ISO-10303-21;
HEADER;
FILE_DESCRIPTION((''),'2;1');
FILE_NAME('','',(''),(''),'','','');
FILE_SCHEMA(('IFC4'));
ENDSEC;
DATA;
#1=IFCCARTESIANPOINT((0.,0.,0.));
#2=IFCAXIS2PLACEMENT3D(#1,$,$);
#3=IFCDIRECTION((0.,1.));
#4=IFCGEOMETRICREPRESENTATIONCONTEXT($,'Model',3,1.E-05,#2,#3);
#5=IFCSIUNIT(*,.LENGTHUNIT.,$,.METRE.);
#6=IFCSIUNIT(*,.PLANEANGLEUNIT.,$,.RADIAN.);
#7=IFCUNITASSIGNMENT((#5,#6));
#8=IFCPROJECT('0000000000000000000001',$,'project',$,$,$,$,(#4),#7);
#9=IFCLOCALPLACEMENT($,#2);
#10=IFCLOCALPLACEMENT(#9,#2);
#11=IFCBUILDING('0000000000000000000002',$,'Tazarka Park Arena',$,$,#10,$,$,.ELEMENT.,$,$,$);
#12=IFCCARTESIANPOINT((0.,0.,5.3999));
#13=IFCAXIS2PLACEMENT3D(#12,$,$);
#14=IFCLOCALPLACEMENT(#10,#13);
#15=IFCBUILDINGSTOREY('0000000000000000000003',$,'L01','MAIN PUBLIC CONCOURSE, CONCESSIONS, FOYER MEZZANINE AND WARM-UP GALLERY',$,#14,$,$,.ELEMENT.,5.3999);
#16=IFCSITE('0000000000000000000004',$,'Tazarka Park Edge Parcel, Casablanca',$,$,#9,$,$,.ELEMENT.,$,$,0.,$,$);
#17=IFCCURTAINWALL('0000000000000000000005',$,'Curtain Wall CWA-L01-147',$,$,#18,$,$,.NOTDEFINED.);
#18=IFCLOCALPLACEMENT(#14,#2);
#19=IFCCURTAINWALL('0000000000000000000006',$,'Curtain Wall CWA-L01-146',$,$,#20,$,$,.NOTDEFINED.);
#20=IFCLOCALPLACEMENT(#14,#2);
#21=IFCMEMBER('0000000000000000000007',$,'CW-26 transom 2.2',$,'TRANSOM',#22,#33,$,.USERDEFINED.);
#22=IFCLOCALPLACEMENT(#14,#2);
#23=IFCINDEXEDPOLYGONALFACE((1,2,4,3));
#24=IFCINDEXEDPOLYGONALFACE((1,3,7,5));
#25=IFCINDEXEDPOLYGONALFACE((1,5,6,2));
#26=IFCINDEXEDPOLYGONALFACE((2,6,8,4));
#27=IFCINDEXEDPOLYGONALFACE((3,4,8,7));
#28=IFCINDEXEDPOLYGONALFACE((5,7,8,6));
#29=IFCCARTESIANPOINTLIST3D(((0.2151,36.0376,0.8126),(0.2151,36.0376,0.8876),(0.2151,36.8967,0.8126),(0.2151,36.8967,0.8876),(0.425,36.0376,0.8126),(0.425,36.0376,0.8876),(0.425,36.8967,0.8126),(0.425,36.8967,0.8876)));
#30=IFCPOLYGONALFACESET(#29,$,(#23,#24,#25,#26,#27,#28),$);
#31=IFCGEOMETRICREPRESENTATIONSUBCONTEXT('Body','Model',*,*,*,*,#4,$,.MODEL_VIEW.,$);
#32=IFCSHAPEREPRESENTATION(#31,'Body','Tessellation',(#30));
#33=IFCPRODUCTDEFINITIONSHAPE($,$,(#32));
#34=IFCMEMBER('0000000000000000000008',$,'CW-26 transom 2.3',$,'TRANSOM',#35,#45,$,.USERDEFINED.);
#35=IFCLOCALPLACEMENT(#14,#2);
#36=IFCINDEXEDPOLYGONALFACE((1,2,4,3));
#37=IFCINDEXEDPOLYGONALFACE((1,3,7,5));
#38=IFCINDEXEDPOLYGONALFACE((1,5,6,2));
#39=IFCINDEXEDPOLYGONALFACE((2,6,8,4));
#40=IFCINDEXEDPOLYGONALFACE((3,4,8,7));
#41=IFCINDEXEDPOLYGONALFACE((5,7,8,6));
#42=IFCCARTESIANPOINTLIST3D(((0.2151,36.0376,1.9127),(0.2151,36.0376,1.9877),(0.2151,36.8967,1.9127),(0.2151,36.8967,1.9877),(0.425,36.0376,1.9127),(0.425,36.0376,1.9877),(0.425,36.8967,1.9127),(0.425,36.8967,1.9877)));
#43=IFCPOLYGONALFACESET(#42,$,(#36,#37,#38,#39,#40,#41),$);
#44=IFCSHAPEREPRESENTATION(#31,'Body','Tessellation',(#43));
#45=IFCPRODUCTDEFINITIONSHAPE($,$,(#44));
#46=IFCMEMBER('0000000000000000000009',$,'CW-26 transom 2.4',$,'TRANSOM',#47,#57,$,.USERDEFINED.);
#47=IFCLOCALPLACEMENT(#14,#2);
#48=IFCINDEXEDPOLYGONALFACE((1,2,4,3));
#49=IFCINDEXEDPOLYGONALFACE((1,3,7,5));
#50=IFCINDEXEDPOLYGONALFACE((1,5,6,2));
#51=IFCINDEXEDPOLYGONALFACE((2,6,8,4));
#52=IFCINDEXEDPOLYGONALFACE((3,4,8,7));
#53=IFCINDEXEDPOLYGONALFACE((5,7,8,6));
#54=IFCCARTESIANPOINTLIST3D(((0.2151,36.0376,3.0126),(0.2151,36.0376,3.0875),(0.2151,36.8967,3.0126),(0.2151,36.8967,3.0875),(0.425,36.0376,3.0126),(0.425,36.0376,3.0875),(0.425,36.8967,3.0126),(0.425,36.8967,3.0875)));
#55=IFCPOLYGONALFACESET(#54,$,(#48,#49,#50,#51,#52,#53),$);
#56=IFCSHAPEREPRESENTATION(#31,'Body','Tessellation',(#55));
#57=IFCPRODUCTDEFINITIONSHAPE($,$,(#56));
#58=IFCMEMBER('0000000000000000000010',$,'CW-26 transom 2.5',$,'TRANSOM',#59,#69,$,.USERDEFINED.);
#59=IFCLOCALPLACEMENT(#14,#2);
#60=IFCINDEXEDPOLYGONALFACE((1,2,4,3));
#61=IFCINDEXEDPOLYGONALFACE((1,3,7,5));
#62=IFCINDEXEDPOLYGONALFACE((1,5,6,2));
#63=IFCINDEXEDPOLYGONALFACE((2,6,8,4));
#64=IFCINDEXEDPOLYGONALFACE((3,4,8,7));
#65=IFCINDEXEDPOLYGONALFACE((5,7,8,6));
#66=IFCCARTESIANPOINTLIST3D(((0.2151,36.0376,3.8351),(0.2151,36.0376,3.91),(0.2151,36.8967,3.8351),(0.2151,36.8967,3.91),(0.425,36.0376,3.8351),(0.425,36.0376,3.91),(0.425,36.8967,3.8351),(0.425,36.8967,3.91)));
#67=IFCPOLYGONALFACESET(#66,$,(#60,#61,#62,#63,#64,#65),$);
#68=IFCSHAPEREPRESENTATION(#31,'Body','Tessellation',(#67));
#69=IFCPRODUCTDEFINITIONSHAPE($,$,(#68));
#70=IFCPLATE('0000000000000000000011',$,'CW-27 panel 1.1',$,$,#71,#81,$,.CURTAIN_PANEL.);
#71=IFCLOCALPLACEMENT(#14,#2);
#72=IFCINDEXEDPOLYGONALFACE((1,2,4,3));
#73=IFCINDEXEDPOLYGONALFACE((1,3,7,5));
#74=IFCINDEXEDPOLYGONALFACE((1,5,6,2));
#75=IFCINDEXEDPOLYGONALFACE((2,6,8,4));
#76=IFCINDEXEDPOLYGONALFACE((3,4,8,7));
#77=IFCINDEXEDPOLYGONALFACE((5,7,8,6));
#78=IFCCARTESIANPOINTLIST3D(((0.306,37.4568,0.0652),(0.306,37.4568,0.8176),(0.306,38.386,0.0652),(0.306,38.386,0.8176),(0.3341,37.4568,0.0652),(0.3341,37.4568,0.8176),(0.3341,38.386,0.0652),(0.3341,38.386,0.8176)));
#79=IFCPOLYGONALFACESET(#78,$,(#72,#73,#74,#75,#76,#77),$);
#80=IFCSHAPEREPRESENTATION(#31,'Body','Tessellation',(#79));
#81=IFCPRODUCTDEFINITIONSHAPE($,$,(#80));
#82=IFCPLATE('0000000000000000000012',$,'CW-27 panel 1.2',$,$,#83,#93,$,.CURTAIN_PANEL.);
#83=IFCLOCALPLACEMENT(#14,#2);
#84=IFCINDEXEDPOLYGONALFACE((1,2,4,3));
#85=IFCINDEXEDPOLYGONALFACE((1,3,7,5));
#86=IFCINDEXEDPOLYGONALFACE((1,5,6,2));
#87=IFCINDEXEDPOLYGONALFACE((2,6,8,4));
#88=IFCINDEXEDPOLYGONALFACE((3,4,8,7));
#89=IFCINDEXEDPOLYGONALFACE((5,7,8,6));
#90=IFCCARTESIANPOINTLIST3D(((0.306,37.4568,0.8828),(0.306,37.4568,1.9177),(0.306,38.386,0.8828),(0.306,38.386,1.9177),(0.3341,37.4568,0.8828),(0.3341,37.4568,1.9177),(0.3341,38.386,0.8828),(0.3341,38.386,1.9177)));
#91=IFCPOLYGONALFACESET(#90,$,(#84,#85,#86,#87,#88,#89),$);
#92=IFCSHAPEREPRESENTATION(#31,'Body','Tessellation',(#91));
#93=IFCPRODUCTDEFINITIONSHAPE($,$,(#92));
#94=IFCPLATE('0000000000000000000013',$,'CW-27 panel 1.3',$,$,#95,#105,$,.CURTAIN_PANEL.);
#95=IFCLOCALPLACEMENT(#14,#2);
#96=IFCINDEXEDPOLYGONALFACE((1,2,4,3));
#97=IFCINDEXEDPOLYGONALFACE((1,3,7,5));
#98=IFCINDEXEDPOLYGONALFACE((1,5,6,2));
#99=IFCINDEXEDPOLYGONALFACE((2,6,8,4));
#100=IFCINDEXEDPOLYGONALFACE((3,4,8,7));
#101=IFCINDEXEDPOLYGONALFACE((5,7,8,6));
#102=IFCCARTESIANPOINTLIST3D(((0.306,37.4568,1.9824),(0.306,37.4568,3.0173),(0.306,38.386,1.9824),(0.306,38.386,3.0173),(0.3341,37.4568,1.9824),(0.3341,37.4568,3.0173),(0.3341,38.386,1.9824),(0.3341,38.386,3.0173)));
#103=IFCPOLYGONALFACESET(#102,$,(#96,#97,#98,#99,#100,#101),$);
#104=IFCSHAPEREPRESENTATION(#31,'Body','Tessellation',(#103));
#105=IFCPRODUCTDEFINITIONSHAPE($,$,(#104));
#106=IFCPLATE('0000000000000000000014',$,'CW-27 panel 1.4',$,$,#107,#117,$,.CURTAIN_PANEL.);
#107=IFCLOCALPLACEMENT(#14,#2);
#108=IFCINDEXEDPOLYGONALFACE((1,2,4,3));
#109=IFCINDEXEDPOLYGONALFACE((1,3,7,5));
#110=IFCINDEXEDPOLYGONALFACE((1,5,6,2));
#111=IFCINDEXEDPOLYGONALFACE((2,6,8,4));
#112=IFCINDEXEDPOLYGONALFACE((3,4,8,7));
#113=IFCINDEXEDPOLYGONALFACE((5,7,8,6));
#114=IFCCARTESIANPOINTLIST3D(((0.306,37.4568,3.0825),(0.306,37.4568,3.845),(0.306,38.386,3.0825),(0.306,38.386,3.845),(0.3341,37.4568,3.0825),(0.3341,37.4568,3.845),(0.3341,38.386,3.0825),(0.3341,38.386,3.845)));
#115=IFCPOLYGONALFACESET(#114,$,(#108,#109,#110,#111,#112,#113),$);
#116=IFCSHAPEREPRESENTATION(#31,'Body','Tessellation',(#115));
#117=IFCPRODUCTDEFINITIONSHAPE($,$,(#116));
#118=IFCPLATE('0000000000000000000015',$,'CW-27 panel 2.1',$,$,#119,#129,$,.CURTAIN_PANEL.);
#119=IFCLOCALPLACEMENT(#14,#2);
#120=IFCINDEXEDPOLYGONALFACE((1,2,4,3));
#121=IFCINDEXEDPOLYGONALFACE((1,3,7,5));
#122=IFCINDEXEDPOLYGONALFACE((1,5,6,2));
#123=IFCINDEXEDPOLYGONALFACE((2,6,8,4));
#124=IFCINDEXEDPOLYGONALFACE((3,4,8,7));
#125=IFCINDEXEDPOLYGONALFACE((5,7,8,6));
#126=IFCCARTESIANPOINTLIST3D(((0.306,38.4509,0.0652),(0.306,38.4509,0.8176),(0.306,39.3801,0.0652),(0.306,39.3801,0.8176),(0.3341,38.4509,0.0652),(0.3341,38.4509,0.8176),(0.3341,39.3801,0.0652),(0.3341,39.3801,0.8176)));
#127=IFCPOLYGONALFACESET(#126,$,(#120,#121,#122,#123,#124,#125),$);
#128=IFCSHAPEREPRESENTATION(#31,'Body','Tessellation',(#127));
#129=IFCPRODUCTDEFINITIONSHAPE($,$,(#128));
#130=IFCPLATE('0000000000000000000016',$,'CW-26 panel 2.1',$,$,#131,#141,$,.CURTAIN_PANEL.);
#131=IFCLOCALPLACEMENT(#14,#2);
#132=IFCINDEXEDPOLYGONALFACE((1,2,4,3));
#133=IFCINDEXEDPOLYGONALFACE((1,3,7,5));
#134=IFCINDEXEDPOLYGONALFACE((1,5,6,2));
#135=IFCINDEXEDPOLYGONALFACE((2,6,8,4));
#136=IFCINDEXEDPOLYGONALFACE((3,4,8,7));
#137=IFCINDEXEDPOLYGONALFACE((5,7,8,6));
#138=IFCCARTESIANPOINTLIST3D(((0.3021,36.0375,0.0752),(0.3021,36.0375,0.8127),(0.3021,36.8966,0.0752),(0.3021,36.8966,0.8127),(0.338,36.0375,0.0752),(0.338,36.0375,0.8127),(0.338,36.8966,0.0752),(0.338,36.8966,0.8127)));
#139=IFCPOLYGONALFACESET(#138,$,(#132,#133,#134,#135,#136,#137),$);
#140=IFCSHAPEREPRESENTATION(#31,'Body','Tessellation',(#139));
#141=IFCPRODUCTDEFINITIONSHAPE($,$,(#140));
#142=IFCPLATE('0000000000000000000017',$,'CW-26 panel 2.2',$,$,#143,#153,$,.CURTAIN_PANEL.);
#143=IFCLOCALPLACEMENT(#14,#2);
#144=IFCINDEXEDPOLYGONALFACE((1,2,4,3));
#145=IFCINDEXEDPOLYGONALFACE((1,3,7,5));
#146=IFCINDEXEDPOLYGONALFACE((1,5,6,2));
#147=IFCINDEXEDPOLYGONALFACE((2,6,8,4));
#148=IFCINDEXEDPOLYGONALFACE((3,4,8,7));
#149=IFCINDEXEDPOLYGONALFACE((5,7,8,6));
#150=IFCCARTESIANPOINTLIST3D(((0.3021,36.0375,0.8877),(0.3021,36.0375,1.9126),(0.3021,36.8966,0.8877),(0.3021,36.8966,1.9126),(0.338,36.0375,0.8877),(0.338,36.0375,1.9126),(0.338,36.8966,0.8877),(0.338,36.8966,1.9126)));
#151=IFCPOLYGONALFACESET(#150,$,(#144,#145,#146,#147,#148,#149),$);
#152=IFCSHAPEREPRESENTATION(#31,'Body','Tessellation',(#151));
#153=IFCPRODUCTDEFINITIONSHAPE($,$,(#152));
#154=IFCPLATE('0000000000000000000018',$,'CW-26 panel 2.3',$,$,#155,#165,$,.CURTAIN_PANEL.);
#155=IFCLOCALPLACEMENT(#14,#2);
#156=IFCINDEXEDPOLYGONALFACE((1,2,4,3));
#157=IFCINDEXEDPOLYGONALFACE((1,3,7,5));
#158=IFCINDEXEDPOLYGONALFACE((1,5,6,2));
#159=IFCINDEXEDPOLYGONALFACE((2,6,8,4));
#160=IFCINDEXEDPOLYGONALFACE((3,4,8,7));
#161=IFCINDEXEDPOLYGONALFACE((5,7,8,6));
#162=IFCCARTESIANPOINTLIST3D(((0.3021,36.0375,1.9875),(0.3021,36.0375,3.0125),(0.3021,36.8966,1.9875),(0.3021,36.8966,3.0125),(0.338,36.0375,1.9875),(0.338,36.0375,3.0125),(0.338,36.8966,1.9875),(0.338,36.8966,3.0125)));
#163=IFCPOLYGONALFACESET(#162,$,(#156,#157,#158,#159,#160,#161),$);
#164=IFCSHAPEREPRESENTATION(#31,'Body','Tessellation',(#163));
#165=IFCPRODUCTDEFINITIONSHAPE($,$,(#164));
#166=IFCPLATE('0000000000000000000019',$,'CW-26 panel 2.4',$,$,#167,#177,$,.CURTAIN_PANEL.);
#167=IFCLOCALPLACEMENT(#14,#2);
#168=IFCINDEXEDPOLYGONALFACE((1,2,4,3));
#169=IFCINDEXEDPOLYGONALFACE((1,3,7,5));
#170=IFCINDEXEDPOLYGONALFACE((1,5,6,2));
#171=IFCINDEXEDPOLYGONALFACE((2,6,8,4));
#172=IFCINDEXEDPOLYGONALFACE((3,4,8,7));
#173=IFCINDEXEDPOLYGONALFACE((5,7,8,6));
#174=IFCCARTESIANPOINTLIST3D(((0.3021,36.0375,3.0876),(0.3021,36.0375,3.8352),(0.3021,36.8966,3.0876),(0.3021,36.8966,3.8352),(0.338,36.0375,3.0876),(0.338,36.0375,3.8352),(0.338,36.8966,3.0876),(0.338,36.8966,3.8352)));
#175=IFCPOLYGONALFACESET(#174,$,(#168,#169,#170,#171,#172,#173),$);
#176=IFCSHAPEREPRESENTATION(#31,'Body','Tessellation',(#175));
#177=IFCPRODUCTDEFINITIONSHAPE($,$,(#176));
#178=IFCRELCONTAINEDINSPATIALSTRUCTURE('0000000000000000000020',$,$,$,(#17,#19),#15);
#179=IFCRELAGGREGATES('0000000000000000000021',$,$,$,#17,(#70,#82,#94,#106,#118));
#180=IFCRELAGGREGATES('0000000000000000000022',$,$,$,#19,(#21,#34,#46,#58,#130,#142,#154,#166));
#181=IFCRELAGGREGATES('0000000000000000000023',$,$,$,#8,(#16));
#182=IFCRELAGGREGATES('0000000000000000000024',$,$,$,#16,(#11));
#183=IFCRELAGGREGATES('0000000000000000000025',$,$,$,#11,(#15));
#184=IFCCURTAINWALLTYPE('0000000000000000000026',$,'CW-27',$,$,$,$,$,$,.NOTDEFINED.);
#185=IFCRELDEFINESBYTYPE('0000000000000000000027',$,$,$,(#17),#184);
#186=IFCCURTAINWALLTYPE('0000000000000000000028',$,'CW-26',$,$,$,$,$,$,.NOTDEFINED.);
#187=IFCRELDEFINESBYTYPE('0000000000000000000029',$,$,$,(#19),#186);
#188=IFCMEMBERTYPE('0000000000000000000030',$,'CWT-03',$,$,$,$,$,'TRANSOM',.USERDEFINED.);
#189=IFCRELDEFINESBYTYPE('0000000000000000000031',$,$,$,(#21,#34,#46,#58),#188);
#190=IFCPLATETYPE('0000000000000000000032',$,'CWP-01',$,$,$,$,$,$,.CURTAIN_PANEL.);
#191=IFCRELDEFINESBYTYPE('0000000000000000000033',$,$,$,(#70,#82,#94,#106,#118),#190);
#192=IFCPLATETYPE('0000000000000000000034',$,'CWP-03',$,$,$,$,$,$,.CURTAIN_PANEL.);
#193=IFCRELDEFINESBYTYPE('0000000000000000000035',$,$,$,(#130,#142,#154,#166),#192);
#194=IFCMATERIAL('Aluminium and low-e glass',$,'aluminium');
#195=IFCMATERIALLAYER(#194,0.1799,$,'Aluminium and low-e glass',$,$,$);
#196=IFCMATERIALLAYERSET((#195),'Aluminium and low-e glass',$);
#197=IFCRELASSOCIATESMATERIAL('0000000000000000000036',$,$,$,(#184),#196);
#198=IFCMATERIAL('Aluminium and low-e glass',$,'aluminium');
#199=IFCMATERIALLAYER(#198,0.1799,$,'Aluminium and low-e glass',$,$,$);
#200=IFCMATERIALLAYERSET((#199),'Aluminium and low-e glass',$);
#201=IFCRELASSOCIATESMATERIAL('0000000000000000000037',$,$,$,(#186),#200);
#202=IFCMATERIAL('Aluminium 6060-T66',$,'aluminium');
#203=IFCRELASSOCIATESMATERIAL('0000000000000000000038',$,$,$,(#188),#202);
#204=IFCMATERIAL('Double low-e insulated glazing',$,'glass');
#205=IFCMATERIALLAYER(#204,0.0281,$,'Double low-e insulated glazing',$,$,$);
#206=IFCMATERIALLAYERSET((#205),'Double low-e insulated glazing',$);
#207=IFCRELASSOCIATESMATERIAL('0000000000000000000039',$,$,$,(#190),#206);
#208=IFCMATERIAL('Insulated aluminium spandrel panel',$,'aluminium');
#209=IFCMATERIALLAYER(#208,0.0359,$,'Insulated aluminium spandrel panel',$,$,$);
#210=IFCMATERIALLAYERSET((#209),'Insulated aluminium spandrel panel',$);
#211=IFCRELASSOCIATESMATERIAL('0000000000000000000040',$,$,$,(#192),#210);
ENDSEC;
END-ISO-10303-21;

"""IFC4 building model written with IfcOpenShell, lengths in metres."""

from ifc_helpers import new_model, si_unit, direction, frame, origin, origin_2d, place, context, subcontext, project, spatial, rectangle, extrude, material, layer, layer_set, material_profile, profile_set, type_object, element, aggregate, save


model = new_model("IFC4")

# Units and contexts
model_context = context("Model", 3, precision=1e-05, world=origin(), true_north=direction((0.0, 1.0)))
body_context = subcontext(model_context, "Body", "Model", "MODEL_VIEW")
ifc_project = project(units=[si_unit("LENGTHUNIT", "METRE"), si_unit("PLANEANGLEUNIT", "RADIAN")], contexts=[model_context])

# Site, building, storey
site_placement = place(None, origin())
site = spatial("IfcSite", under=ifc_project, at=site_placement, Name="Tazarka Park Edge Parcel, Casablanca", CompositionType="ELEMENT", RefElevation=0.0)
building_placement = place(site_placement, origin())
building = spatial("IfcBuilding", under=site, at=building_placement, Name="Tazarka Park Arena", CompositionType="ELEMENT")
storey_placement = place(building_placement, frame((0.0, 0.0, 5.3999)))
storey = spatial("IfcBuildingStorey", under=building, at=storey_placement, Name="L01", Description="MAIN PUBLIC CONCOURSE, CONCESSIONS, FOYER MEZZANINE AND WARM-UP GALLERY", CompositionType="ELEMENT", Elevation=5.3999)

# Curtain wall
ifc_material_1 = material(Name="Aluminium and low-e glass", Category="aluminium")
ifc_layer_1 = layer(ifc_material_1, 0.1799, Name="Aluminium and low-e glass")
ifc_layer_set_1 = layer_set([ifc_layer_1], Name="Aluminium and low-e glass")
curtain_wall_type_1 = type_object("IfcCurtainWallType", Name="CW-27", PredefinedType="NOTDEFINED", material=ifc_layer_set_1)
curtain_wall_1_placement = place(storey_placement, origin())
curtain_wall_1 = element("IfcCurtainWall", 1, at=curtain_wall_1_placement, inside=storey, type_object=curtain_wall_type_1, Name="Curtain Wall CWA-L01-147", PredefinedType="NOTDEFINED")

# Curtain wall
ifc_material_2 = material(Name="Aluminium and low-e glass", Category="aluminium")
ifc_layer_2 = layer(ifc_material_2, 0.1799, Name="Aluminium and low-e glass")
ifc_layer_set_2 = layer_set([ifc_layer_2], Name="Aluminium and low-e glass")
curtain_wall_type_2 = type_object("IfcCurtainWallType", Name="CW-26", PredefinedType="NOTDEFINED", material=ifc_layer_set_2)
curtain_wall_2_placement = place(storey_placement, origin())
curtain_wall_2 = element("IfcCurtainWall", 2, at=curtain_wall_2_placement, inside=storey, type_object=curtain_wall_type_2, Name="Curtain Wall CWA-L01-146", PredefinedType="NOTDEFINED")

# Members
ifc_material_3 = material(Name="Aluminium 6060-T66", Category="aluminium")
ifc_material_profile_1 = material_profile(ifc_material_3, rectangle(XDim=0.21, YDim=0.075, at=origin_2d()), Name="Aluminium 6060-T66")
ifc_profile_set_1 = profile_set([ifc_material_profile_1], Name="Aluminium 6060-T66")
member_type_1 = type_object("IfcMemberType", Name="CWT-03", ElementType="TRANSOM", PredefinedType="USERDEFINED", material=ifc_profile_set_1)
member_1_placement = place(storey_placement, frame((0.3201, 36.0376, 0.8501), z_axis=(0.0, 1.0, 0.0), x_axis=(-1.0, 0.0, 0.0)))
member_1 = element("IfcMember", 3, at=member_1_placement, type_object=member_type_1, Name="CW-26 transom 2.2", ObjectType="TRANSOM", PredefinedType="USERDEFINED", context=body_context, shape_type="SweptSolid", body=[
    extrude(rectangle(XDim=0.21, YDim=0.075, at=origin_2d()), origin(), (0.0, 0.0, 1.0), 0.8591),
])
member_2_placement = place(storey_placement, frame((0.3201, 36.0376, 1.9502), z_axis=(0.0, 1.0, 0.0), x_axis=(-1.0, 0.0, 0.0)))
member_2 = element("IfcMember", 4, at=member_2_placement, type_object=member_type_1, Name="CW-26 transom 2.3", ObjectType="TRANSOM", PredefinedType="USERDEFINED", context=body_context, shape_type="SweptSolid", body=[
    extrude(rectangle(XDim=0.21, YDim=0.075, at=origin_2d()), origin(), (0.0, 0.0, 1.0), 0.8591),
])
member_3_placement = place(storey_placement, frame((0.3201, 36.0376, 3.05), z_axis=(0.0, 1.0, 0.0), x_axis=(-1.0, 0.0, 0.0)))
member_3 = element("IfcMember", 5, at=member_3_placement, type_object=member_type_1, Name="CW-26 transom 2.4", ObjectType="TRANSOM", PredefinedType="USERDEFINED", context=body_context, shape_type="SweptSolid", body=[
    extrude(rectangle(XDim=0.21, YDim=0.075, at=origin_2d()), origin(), (0.0, 0.0, 1.0), 0.8591),
])
member_4_placement = place(storey_placement, frame((0.3201, 36.0376, 3.8726), z_axis=(0.0, 1.0, 0.0), x_axis=(-1.0, 0.0, 0.0)))
member_4 = element("IfcMember", 6, at=member_4_placement, type_object=member_type_1, Name="CW-26 transom 2.5", ObjectType="TRANSOM", PredefinedType="USERDEFINED", context=body_context, shape_type="SweptSolid", body=[
    extrude(rectangle(XDim=0.21, YDim=0.075, at=origin_2d()), origin(), (0.0, 0.0, 1.0), 0.8591),
])

# Plates
ifc_material_4 = material(Name="Double low-e insulated glazing", Category="glass")
ifc_layer_3 = layer(ifc_material_4, 0.0281, Name="Double low-e insulated glazing")
ifc_layer_set_3 = layer_set([ifc_layer_3], Name="Double low-e insulated glazing")
plate_type_1 = type_object("IfcPlateType", Name="CWP-01", PredefinedType="CURTAIN_PANEL", material=ifc_layer_set_3)
plate_1_placement = place(storey_placement, frame((0.3201, 37.9214, 0.0652), z_axis=(0.0, 0.0, 1.0), x_axis=(0.0, 1.0, 0.0)))
plate_1 = element("IfcPlate", 7, at=plate_1_placement, type_object=plate_type_1, Name="CW-27 panel 1.1", PredefinedType="CURTAIN_PANEL", context=body_context, shape_type="SweptSolid", body=[
    extrude(rectangle(XDim=0.9292, YDim=0.0281, at=origin_2d()), origin(), (0.0, 0.0, 1.0), 0.7524),
])
plate_2_placement = place(storey_placement, frame((0.3201, 37.9214, 0.8828), z_axis=(0.0, 0.0, 1.0), x_axis=(0.0, 1.0, 0.0)))
plate_2 = element("IfcPlate", 8, at=plate_2_placement, type_object=plate_type_1, Name="CW-27 panel 1.2", PredefinedType="CURTAIN_PANEL", context=body_context, shape_type="SweptSolid", body=[
    extrude(rectangle(XDim=0.9292, YDim=0.0281, at=origin_2d()), origin(), (0.0, 0.0, 1.0), 1.0349),
])
plate_3_placement = place(storey_placement, frame((0.3201, 37.9214, 1.9824), z_axis=(0.0, 0.0, 1.0), x_axis=(0.0, 1.0, 0.0)))
plate_3 = element("IfcPlate", 9, at=plate_3_placement, type_object=plate_type_1, Name="CW-27 panel 1.3", PredefinedType="CURTAIN_PANEL", context=body_context, shape_type="SweptSolid", body=[
    extrude(rectangle(XDim=0.9292, YDim=0.0281, at=origin_2d()), origin(), (0.0, 0.0, 1.0), 1.0349),
])
plate_4_placement = place(storey_placement, frame((0.3201, 37.9214, 3.0825), z_axis=(0.0, 0.0, 1.0), x_axis=(0.0, 1.0, 0.0)))
plate_4 = element("IfcPlate", 10, at=plate_4_placement, type_object=plate_type_1, Name="CW-27 panel 1.4", PredefinedType="CURTAIN_PANEL", context=body_context, shape_type="SweptSolid", body=[
    extrude(rectangle(XDim=0.9292, YDim=0.0281, at=origin_2d()), origin(), (0.0, 0.0, 1.0), 0.7625),
])
plate_5_placement = place(storey_placement, frame((0.3201, 38.9155, 0.0652), z_axis=(0.0, 0.0, 1.0), x_axis=(0.0, 1.0, 0.0)))
plate_5 = element("IfcPlate", 11, at=plate_5_placement, type_object=plate_type_1, Name="CW-27 panel 2.1", PredefinedType="CURTAIN_PANEL", context=body_context, shape_type="SweptSolid", body=[
    extrude(rectangle(XDim=0.9292, YDim=0.0281, at=origin_2d()), origin(), (0.0, 0.0, 1.0), 0.7524),
])
aggregate(curtain_wall_1, [plate_1, plate_2, plate_3, plate_4, plate_5])
ifc_material_5 = material(Name="Insulated aluminium spandrel panel", Category="aluminium")
ifc_layer_4 = layer(ifc_material_5, 0.0359, Name="Insulated aluminium spandrel panel")
ifc_layer_set_4 = layer_set([ifc_layer_4], Name="Insulated aluminium spandrel panel")
plate_type_2 = type_object("IfcPlateType", Name="CWP-03", PredefinedType="CURTAIN_PANEL", material=ifc_layer_set_4)
plate_6_placement = place(storey_placement, frame((0.3201, 36.467, 0.0752), z_axis=(0.0, 0.0, 1.0), x_axis=(0.0, 1.0, 0.0)))
plate_6 = element("IfcPlate", 12, at=plate_6_placement, type_object=plate_type_2, Name="CW-26 panel 2.1", PredefinedType="CURTAIN_PANEL", context=body_context, shape_type="SweptSolid", body=[
    extrude(rectangle(XDim=0.8591, YDim=0.0359, at=origin_2d()), origin(), (0.0, 0.0, 1.0), 0.7375),
])
plate_7_placement = place(storey_placement, frame((0.3201, 36.467, 0.8877), z_axis=(0.0, 0.0, 1.0), x_axis=(0.0, 1.0, 0.0)))
plate_7 = element("IfcPlate", 13, at=plate_7_placement, type_object=plate_type_2, Name="CW-26 panel 2.2", PredefinedType="CURTAIN_PANEL", context=body_context, shape_type="SweptSolid", body=[
    extrude(rectangle(XDim=0.8591, YDim=0.0359, at=origin_2d()), origin(), (0.0, 0.0, 1.0), 1.0249),
])
plate_8_placement = place(storey_placement, frame((0.3201, 36.467, 1.9875), z_axis=(0.0, 0.0, 1.0), x_axis=(0.0, 1.0, 0.0)))
plate_8 = element("IfcPlate", 14, at=plate_8_placement, type_object=plate_type_2, Name="CW-26 panel 2.3", PredefinedType="CURTAIN_PANEL", context=body_context, shape_type="SweptSolid", body=[
    extrude(rectangle(XDim=0.8591, YDim=0.0359, at=origin_2d()), origin(), (0.0, 0.0, 1.0), 1.0249),
])
plate_9_placement = place(storey_placement, frame((0.3201, 36.467, 3.0876), z_axis=(0.0, 0.0, 1.0), x_axis=(0.0, 1.0, 0.0)))
plate_9 = element("IfcPlate", 15, at=plate_9_placement, type_object=plate_type_2, Name="CW-26 panel 2.4", PredefinedType="CURTAIN_PANEL", context=body_context, shape_type="SweptSolid", body=[
    extrude(rectangle(XDim=0.8591, YDim=0.0359, at=origin_2d()), origin(), (0.0, 0.0, 1.0), 0.7476),
])
aggregate(curtain_wall_2, [member_1, member_2, member_3, member_4, plate_6, plate_7, plate_8, plate_9])

save(model, "model.ifc")
